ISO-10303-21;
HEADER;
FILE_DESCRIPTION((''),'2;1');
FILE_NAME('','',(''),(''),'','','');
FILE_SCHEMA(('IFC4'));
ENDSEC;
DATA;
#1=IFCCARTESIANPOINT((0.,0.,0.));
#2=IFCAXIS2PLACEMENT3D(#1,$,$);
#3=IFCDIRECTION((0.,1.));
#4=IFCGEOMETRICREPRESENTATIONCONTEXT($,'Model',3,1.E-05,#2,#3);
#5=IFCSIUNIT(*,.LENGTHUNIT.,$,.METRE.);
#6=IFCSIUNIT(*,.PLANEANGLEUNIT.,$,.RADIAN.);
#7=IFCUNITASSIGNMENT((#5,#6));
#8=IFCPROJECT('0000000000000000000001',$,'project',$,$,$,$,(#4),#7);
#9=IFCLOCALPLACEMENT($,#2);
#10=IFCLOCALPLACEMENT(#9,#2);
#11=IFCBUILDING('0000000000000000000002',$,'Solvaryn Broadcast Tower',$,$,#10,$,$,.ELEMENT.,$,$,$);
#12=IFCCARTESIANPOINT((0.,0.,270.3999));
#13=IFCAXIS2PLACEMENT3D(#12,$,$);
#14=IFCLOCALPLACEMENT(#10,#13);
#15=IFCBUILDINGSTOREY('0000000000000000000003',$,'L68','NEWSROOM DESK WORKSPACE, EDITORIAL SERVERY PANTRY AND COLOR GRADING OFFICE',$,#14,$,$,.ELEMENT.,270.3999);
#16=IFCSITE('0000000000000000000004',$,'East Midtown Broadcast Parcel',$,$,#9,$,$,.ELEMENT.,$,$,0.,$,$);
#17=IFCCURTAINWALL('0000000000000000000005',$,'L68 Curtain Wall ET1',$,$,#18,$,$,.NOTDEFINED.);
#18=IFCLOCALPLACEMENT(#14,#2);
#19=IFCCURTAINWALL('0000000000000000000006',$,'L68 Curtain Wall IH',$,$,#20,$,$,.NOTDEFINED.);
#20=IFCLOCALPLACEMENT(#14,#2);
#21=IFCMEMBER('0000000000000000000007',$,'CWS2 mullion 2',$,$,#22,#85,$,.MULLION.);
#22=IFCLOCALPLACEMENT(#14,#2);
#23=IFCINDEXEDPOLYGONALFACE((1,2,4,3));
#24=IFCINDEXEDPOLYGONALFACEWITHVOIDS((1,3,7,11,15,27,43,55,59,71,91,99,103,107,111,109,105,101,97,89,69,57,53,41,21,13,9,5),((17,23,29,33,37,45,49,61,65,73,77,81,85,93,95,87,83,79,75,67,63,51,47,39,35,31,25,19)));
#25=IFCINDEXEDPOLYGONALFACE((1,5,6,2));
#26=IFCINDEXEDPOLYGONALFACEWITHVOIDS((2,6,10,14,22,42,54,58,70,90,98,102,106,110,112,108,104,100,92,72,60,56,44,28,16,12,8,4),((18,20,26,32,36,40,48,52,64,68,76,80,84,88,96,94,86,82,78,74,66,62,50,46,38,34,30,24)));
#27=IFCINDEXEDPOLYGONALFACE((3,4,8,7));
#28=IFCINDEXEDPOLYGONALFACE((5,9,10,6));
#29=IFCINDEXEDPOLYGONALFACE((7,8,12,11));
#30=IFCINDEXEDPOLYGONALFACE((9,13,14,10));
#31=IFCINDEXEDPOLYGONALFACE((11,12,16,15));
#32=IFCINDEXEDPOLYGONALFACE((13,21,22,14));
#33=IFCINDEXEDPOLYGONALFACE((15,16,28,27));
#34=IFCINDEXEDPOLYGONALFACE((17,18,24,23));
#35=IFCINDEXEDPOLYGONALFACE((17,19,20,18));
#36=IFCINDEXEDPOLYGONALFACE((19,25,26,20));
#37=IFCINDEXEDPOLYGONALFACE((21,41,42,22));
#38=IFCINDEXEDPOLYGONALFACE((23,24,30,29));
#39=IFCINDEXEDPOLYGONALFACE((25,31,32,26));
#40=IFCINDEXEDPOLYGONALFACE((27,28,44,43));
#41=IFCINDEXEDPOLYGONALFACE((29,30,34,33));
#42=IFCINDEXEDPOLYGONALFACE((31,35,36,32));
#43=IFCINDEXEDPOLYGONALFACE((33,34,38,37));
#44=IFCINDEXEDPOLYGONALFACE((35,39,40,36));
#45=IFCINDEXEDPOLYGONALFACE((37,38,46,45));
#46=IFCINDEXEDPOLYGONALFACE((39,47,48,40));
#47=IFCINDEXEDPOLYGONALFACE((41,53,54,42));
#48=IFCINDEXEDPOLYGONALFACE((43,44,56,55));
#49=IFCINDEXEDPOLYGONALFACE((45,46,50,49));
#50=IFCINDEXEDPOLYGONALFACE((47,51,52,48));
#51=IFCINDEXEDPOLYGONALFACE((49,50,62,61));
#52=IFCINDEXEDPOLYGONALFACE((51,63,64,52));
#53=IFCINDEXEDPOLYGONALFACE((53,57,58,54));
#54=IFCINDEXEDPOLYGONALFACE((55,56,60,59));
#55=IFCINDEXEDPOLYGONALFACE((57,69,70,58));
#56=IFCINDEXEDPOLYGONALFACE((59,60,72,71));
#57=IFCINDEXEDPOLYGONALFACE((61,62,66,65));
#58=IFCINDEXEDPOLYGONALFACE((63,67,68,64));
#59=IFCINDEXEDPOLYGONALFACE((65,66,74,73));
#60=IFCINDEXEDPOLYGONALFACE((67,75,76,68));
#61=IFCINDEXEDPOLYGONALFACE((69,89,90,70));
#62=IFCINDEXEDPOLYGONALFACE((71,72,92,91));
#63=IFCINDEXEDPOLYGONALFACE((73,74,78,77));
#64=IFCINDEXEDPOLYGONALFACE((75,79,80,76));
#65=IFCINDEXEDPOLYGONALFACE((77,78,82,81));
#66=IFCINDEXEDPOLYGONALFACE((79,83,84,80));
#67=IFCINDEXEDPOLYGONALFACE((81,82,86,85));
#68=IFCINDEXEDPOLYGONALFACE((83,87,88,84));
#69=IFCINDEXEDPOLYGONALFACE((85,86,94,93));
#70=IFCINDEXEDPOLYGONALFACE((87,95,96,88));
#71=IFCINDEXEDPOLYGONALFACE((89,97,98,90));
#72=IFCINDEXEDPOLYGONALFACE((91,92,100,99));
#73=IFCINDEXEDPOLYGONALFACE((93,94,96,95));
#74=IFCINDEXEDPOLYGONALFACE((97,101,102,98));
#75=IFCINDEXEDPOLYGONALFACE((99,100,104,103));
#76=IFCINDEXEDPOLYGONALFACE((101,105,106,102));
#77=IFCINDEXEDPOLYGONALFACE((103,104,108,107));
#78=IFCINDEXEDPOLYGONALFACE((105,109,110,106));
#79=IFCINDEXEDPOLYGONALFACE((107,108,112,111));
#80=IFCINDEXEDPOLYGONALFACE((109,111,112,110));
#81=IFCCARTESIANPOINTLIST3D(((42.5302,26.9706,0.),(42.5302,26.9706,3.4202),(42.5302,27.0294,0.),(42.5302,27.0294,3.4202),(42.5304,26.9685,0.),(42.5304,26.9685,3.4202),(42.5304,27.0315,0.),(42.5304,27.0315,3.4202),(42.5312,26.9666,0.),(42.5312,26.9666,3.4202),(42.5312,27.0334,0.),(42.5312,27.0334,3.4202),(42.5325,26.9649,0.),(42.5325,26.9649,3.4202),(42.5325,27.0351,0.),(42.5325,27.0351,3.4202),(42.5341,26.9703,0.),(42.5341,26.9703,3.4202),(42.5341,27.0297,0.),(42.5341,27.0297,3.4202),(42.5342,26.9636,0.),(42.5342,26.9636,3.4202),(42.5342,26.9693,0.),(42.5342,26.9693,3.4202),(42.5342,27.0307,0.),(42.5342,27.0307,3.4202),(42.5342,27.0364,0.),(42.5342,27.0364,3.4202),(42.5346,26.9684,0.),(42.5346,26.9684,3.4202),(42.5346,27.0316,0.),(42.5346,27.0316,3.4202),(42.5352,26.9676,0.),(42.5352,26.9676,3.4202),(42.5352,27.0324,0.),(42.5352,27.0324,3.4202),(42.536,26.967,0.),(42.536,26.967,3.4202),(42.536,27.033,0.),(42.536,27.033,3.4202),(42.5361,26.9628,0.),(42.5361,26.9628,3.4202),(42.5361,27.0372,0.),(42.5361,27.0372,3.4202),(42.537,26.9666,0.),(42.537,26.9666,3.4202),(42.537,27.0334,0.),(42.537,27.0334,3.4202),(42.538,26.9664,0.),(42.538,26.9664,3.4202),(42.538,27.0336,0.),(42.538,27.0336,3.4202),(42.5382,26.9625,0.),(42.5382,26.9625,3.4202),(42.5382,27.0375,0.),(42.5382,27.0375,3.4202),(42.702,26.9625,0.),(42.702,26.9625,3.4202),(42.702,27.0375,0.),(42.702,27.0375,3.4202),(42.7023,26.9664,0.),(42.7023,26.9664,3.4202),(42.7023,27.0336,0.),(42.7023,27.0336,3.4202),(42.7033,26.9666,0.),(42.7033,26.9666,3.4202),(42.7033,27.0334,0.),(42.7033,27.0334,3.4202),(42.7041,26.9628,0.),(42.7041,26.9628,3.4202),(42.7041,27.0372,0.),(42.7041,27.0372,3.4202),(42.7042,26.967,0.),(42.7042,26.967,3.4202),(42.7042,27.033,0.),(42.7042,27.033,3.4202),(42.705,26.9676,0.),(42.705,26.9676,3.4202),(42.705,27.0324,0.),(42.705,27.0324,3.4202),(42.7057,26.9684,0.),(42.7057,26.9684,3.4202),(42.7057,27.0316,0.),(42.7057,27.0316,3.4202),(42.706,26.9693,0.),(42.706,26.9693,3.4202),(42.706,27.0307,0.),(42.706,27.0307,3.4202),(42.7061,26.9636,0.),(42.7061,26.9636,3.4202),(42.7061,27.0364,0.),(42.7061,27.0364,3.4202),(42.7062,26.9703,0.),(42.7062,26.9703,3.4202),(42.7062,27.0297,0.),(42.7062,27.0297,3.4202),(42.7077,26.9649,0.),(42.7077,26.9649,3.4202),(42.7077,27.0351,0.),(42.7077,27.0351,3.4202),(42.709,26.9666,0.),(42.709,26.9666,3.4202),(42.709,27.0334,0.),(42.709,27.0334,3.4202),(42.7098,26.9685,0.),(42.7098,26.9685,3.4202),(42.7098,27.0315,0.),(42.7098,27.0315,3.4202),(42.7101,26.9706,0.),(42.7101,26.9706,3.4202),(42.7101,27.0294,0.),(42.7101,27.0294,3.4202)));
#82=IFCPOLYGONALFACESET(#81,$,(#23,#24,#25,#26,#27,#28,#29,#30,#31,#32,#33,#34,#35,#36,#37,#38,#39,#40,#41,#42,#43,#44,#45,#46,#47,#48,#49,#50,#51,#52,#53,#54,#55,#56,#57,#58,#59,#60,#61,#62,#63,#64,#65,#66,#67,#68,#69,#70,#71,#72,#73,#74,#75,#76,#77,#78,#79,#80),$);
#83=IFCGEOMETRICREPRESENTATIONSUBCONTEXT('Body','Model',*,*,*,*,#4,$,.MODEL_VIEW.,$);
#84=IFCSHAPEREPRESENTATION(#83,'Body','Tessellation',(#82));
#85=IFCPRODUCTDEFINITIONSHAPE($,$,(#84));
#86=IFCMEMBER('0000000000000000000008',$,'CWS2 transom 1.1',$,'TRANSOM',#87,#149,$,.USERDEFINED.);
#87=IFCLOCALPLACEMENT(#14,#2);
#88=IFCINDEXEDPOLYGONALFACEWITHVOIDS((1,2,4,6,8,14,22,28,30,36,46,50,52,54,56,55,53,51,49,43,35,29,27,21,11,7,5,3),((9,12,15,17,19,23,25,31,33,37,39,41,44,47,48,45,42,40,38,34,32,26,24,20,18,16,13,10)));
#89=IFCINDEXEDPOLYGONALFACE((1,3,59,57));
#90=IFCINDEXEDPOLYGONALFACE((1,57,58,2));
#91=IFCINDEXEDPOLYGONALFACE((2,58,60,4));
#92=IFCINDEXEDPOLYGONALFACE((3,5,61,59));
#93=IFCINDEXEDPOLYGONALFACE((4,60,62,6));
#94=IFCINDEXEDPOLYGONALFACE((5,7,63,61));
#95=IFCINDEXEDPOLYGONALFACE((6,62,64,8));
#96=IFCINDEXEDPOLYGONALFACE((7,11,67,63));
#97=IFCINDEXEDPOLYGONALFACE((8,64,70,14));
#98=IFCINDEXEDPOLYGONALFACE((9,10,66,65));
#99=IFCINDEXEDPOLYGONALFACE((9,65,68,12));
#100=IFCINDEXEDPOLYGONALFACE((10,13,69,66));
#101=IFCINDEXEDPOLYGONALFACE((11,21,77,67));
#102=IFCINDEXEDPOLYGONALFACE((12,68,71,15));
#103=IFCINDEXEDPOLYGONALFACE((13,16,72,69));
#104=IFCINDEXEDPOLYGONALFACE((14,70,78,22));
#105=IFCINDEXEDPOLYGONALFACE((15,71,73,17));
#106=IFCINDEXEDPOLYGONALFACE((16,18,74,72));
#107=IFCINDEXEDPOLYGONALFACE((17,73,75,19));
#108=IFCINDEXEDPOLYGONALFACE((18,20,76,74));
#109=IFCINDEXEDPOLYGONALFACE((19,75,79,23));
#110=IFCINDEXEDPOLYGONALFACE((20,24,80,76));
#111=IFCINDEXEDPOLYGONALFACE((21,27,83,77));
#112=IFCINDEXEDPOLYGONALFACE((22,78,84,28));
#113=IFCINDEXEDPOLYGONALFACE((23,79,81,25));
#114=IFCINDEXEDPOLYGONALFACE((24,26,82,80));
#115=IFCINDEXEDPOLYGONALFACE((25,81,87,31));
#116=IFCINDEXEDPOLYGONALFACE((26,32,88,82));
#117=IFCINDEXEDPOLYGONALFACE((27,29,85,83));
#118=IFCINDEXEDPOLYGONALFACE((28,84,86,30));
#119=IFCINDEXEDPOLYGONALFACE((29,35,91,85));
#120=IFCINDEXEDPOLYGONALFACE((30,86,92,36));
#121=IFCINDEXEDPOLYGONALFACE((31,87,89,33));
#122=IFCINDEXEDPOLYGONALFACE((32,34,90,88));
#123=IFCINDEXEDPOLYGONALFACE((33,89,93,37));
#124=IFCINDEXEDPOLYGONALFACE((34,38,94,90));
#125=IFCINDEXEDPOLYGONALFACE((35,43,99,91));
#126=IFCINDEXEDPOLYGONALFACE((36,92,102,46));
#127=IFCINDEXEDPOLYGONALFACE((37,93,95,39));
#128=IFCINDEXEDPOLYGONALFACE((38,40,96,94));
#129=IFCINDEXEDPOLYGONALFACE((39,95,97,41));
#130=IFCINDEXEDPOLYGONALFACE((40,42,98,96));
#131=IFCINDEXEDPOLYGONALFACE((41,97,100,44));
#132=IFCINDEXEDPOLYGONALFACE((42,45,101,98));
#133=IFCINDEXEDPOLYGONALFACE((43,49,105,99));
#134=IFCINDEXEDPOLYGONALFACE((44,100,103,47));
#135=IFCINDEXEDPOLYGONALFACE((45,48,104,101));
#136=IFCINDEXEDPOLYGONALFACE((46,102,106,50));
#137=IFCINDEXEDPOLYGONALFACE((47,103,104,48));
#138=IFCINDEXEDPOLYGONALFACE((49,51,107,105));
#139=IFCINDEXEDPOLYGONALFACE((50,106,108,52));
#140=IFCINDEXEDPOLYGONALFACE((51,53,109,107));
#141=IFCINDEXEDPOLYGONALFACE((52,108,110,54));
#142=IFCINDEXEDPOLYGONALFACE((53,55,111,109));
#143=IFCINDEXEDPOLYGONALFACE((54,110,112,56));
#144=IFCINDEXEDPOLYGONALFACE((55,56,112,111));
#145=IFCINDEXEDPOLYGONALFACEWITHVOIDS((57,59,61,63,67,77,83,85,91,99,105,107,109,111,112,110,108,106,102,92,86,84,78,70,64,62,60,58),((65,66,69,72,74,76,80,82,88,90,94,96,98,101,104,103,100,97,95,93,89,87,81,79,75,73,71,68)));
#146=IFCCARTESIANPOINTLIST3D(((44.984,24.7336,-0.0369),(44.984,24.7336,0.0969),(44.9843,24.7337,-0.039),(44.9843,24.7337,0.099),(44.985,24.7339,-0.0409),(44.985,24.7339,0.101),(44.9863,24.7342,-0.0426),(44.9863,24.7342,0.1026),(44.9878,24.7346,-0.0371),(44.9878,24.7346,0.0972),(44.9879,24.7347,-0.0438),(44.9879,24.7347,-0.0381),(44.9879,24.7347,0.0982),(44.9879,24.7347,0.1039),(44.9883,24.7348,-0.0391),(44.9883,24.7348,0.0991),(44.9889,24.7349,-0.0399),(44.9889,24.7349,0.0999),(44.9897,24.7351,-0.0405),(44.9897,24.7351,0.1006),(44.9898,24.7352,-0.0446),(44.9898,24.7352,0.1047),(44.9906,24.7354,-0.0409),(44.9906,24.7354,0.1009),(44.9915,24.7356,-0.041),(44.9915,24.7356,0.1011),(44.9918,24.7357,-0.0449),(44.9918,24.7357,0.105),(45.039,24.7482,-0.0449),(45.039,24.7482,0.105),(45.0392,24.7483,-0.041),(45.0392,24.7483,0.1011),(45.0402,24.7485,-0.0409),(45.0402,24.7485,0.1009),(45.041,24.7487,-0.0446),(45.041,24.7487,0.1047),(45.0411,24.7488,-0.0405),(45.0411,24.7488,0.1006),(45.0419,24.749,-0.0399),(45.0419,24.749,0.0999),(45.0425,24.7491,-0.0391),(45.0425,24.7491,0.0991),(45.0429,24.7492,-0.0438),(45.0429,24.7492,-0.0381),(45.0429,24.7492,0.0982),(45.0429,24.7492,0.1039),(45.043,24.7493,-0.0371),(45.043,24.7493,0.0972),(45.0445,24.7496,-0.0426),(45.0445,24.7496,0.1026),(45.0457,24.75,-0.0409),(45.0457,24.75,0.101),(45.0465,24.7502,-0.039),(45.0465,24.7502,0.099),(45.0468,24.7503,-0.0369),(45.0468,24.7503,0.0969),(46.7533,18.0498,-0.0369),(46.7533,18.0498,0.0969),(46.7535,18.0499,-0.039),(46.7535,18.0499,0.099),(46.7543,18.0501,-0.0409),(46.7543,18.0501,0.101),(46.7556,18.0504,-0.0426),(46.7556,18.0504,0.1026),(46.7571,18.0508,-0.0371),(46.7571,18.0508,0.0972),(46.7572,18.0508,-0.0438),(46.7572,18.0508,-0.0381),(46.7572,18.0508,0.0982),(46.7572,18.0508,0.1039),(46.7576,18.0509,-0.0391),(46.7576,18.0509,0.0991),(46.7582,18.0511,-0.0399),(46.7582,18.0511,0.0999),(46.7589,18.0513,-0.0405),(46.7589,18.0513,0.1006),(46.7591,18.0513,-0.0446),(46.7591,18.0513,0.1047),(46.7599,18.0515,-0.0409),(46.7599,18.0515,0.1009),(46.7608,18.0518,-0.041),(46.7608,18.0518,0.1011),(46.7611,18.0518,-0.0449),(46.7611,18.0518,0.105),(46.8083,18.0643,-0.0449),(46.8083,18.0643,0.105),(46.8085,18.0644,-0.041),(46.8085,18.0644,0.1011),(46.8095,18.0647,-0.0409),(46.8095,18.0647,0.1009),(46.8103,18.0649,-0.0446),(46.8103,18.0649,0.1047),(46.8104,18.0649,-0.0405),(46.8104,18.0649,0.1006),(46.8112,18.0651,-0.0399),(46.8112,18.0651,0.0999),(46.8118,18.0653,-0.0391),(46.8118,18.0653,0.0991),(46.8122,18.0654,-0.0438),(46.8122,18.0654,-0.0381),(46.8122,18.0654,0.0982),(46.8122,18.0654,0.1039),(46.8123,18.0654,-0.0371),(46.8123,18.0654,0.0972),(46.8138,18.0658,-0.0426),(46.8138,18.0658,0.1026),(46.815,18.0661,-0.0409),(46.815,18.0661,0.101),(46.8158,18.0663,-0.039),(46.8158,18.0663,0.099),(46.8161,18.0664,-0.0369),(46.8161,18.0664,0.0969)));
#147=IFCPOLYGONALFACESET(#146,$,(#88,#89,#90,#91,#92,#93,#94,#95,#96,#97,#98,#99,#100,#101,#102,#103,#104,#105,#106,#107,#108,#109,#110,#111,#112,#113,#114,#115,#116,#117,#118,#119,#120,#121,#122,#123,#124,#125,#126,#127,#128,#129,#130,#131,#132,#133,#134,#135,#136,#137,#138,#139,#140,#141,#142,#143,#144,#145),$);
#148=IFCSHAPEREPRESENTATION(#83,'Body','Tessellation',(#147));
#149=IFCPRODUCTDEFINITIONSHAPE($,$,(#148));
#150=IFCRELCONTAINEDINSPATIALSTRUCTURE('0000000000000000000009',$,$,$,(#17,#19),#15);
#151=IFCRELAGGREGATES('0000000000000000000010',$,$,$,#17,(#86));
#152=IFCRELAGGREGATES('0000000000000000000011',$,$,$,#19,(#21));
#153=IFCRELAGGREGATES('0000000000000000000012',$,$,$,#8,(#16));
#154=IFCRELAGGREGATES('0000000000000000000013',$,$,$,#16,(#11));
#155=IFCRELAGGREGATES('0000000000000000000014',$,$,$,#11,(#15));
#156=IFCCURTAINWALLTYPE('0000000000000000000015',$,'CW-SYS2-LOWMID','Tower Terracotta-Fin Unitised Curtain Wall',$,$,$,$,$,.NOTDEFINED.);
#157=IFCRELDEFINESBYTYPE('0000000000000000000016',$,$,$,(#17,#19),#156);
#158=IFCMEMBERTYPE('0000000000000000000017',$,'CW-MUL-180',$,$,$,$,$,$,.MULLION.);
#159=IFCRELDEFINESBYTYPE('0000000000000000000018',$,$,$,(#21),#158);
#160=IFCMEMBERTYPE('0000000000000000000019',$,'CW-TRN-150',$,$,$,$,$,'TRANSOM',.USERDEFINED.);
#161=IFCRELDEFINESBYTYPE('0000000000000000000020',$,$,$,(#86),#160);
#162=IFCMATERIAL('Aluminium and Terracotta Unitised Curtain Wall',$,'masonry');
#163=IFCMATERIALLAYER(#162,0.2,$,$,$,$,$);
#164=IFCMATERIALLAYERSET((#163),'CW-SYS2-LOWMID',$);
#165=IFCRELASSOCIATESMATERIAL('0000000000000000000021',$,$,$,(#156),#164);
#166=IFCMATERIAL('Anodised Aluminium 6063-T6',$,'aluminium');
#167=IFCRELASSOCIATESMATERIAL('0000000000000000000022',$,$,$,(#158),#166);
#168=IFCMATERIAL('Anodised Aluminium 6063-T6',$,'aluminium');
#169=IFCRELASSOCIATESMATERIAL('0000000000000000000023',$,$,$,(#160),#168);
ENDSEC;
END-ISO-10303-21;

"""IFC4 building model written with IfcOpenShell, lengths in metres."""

from ifc_helpers import new_model, si_unit, direction, frame, origin, origin_2d, place, context, subcontext, project, spatial, hollow_rectangle, extrude, material, layer, layer_set, material_profile, profile_set, type_object, element, aggregate, save


model = new_model("IFC4")

# Units and contexts
model_context = context("Model", 3, precision=1e-05, world=origin(), true_north=direction((0.0, 1.0)))
body_context = subcontext(model_context, "Body", "Model", "MODEL_VIEW")
ifc_project = project(units=[si_unit("LENGTHUNIT", "METRE"), si_unit("PLANEANGLEUNIT", "RADIAN")], contexts=[model_context])

# Site, building, storey
site_placement = place(None, origin())
site = spatial("IfcSite", under=ifc_project, at=site_placement, Name="East Midtown Broadcast Parcel", CompositionType="ELEMENT", RefElevation=0.0)
building_placement = place(site_placement, origin())
building = spatial("IfcBuilding", under=site, at=building_placement, Name="Solvaryn Broadcast Tower", CompositionType="ELEMENT")
storey_placement = place(building_placement, frame((0.0, 0.0, 270.3999)))
storey = spatial("IfcBuildingStorey", under=building, at=storey_placement, Name="L68", Description="NEWSROOM DESK WORKSPACE, EDITORIAL SERVERY PANTRY AND COLOR GRADING OFFICE", CompositionType="ELEMENT", Elevation=270.3999)

# Curtain wall
ifc_material_1 = material(Name="Aluminium and Terracotta Unitised Curtain Wall", Category="masonry")
ifc_layer_1 = layer(ifc_material_1, 0.2)
ifc_layer_set_1 = layer_set([ifc_layer_1], Name="CW-SYS2-LOWMID")
curtain_wall_type = type_object("IfcCurtainWallType", Name="CW-SYS2-LOWMID", Description="Tower Terracotta-Fin Unitised Curtain Wall", PredefinedType="NOTDEFINED", material=ifc_layer_set_1)
curtain_wall_1_placement = place(storey_placement, origin())
curtain_wall_1 = element("IfcCurtainWall", 1, at=curtain_wall_1_placement, inside=storey, type_object=curtain_wall_type, Name="L68 Curtain Wall ET1", PredefinedType="NOTDEFINED")
ifc_material_2 = material(Name="Anodised Aluminium 6063-T6", Category="aluminium")
ifc_material_profile_1 = material_profile(ifc_material_2, hollow_rectangle(XDim=0.075, YDim=0.1799, WallThickness=0.0039, InnerFilletRadius=0.0039, OuterFilletRadius=0.0081, at=origin_2d()))
ifc_profile_set_1 = profile_set([ifc_material_profile_1], Name="Anodised Aluminium 6063-T6")
member_type_1 = type_object("IfcMemberType", Name="CW-MUL-180", PredefinedType="MULLION", material=ifc_profile_set_1)

# Curtain wall, member
curtain_wall_2_placement = place(storey_placement, origin())
curtain_wall_2 = element("IfcCurtainWall", 2, at=curtain_wall_2_placement, inside=storey, type_object=curtain_wall_type, Name="L68 Curtain Wall IH", PredefinedType="NOTDEFINED")
member_1_placement = place(storey_placement, frame((42.6201, 27.0, 0.0), z_axis=(0.0, 0.0, 1.0), x_axis=(0.0, 1.0, 0.0)))
member_1 = element("IfcMember", 3, at=member_1_placement, type_object=member_type_1, Name="CWS2 mullion 2", PredefinedType="MULLION", context=body_context, shape_type="SweptSolid", body=[
    extrude(hollow_rectangle(XDim=0.075, YDim=0.1799, WallThickness=0.0039, InnerFilletRadius=0.0039, OuterFilletRadius=0.0081, at=origin_2d()), origin(), (0.0, 0.0, 1.0), 3.4202),
])

# Member
ifc_material_3 = material(Name="Anodised Aluminium 6063-T6", Category="aluminium")
ifc_material_profile_2 = material_profile(ifc_material_3, hollow_rectangle(XDim=0.0649, YDim=0.1499, WallThickness=0.0039, InnerFilletRadius=0.0039, OuterFilletRadius=0.0081, at=origin_2d()))
ifc_profile_set_2 = profile_set([ifc_material_profile_2], Name="Anodised Aluminium 6063-T6")
member_type_2 = type_object("IfcMemberType", Name="CW-TRN-150", ElementType="TRANSOM", PredefinedType="USERDEFINED", material=ifc_profile_set_2)
member_2_placement = place(storey_placement, frame((45.0154, 24.7419, 0.03), z_axis=(0.255897, -0.966704, 0.0), x_axis=(0.966704, 0.255897, 0.0)))
member_2 = element("IfcMember", 4, at=member_2_placement, type_object=member_type_2, Name="CWS2 transom 1.1", ObjectType="TRANSOM", PredefinedType="USERDEFINED", context=body_context, shape_type="SweptSolid", body=[
    extrude(hollow_rectangle(XDim=0.0649, YDim=0.1499, WallThickness=0.0039, InnerFilletRadius=0.0039, OuterFilletRadius=0.0081, at=origin_2d()), origin(), (0.0, 0.0, 1.0), 6.9141),
])
aggregate(curtain_wall_1, [member_2])

aggregate(curtain_wall_2, [member_1])

save(model, "model.ifc")
